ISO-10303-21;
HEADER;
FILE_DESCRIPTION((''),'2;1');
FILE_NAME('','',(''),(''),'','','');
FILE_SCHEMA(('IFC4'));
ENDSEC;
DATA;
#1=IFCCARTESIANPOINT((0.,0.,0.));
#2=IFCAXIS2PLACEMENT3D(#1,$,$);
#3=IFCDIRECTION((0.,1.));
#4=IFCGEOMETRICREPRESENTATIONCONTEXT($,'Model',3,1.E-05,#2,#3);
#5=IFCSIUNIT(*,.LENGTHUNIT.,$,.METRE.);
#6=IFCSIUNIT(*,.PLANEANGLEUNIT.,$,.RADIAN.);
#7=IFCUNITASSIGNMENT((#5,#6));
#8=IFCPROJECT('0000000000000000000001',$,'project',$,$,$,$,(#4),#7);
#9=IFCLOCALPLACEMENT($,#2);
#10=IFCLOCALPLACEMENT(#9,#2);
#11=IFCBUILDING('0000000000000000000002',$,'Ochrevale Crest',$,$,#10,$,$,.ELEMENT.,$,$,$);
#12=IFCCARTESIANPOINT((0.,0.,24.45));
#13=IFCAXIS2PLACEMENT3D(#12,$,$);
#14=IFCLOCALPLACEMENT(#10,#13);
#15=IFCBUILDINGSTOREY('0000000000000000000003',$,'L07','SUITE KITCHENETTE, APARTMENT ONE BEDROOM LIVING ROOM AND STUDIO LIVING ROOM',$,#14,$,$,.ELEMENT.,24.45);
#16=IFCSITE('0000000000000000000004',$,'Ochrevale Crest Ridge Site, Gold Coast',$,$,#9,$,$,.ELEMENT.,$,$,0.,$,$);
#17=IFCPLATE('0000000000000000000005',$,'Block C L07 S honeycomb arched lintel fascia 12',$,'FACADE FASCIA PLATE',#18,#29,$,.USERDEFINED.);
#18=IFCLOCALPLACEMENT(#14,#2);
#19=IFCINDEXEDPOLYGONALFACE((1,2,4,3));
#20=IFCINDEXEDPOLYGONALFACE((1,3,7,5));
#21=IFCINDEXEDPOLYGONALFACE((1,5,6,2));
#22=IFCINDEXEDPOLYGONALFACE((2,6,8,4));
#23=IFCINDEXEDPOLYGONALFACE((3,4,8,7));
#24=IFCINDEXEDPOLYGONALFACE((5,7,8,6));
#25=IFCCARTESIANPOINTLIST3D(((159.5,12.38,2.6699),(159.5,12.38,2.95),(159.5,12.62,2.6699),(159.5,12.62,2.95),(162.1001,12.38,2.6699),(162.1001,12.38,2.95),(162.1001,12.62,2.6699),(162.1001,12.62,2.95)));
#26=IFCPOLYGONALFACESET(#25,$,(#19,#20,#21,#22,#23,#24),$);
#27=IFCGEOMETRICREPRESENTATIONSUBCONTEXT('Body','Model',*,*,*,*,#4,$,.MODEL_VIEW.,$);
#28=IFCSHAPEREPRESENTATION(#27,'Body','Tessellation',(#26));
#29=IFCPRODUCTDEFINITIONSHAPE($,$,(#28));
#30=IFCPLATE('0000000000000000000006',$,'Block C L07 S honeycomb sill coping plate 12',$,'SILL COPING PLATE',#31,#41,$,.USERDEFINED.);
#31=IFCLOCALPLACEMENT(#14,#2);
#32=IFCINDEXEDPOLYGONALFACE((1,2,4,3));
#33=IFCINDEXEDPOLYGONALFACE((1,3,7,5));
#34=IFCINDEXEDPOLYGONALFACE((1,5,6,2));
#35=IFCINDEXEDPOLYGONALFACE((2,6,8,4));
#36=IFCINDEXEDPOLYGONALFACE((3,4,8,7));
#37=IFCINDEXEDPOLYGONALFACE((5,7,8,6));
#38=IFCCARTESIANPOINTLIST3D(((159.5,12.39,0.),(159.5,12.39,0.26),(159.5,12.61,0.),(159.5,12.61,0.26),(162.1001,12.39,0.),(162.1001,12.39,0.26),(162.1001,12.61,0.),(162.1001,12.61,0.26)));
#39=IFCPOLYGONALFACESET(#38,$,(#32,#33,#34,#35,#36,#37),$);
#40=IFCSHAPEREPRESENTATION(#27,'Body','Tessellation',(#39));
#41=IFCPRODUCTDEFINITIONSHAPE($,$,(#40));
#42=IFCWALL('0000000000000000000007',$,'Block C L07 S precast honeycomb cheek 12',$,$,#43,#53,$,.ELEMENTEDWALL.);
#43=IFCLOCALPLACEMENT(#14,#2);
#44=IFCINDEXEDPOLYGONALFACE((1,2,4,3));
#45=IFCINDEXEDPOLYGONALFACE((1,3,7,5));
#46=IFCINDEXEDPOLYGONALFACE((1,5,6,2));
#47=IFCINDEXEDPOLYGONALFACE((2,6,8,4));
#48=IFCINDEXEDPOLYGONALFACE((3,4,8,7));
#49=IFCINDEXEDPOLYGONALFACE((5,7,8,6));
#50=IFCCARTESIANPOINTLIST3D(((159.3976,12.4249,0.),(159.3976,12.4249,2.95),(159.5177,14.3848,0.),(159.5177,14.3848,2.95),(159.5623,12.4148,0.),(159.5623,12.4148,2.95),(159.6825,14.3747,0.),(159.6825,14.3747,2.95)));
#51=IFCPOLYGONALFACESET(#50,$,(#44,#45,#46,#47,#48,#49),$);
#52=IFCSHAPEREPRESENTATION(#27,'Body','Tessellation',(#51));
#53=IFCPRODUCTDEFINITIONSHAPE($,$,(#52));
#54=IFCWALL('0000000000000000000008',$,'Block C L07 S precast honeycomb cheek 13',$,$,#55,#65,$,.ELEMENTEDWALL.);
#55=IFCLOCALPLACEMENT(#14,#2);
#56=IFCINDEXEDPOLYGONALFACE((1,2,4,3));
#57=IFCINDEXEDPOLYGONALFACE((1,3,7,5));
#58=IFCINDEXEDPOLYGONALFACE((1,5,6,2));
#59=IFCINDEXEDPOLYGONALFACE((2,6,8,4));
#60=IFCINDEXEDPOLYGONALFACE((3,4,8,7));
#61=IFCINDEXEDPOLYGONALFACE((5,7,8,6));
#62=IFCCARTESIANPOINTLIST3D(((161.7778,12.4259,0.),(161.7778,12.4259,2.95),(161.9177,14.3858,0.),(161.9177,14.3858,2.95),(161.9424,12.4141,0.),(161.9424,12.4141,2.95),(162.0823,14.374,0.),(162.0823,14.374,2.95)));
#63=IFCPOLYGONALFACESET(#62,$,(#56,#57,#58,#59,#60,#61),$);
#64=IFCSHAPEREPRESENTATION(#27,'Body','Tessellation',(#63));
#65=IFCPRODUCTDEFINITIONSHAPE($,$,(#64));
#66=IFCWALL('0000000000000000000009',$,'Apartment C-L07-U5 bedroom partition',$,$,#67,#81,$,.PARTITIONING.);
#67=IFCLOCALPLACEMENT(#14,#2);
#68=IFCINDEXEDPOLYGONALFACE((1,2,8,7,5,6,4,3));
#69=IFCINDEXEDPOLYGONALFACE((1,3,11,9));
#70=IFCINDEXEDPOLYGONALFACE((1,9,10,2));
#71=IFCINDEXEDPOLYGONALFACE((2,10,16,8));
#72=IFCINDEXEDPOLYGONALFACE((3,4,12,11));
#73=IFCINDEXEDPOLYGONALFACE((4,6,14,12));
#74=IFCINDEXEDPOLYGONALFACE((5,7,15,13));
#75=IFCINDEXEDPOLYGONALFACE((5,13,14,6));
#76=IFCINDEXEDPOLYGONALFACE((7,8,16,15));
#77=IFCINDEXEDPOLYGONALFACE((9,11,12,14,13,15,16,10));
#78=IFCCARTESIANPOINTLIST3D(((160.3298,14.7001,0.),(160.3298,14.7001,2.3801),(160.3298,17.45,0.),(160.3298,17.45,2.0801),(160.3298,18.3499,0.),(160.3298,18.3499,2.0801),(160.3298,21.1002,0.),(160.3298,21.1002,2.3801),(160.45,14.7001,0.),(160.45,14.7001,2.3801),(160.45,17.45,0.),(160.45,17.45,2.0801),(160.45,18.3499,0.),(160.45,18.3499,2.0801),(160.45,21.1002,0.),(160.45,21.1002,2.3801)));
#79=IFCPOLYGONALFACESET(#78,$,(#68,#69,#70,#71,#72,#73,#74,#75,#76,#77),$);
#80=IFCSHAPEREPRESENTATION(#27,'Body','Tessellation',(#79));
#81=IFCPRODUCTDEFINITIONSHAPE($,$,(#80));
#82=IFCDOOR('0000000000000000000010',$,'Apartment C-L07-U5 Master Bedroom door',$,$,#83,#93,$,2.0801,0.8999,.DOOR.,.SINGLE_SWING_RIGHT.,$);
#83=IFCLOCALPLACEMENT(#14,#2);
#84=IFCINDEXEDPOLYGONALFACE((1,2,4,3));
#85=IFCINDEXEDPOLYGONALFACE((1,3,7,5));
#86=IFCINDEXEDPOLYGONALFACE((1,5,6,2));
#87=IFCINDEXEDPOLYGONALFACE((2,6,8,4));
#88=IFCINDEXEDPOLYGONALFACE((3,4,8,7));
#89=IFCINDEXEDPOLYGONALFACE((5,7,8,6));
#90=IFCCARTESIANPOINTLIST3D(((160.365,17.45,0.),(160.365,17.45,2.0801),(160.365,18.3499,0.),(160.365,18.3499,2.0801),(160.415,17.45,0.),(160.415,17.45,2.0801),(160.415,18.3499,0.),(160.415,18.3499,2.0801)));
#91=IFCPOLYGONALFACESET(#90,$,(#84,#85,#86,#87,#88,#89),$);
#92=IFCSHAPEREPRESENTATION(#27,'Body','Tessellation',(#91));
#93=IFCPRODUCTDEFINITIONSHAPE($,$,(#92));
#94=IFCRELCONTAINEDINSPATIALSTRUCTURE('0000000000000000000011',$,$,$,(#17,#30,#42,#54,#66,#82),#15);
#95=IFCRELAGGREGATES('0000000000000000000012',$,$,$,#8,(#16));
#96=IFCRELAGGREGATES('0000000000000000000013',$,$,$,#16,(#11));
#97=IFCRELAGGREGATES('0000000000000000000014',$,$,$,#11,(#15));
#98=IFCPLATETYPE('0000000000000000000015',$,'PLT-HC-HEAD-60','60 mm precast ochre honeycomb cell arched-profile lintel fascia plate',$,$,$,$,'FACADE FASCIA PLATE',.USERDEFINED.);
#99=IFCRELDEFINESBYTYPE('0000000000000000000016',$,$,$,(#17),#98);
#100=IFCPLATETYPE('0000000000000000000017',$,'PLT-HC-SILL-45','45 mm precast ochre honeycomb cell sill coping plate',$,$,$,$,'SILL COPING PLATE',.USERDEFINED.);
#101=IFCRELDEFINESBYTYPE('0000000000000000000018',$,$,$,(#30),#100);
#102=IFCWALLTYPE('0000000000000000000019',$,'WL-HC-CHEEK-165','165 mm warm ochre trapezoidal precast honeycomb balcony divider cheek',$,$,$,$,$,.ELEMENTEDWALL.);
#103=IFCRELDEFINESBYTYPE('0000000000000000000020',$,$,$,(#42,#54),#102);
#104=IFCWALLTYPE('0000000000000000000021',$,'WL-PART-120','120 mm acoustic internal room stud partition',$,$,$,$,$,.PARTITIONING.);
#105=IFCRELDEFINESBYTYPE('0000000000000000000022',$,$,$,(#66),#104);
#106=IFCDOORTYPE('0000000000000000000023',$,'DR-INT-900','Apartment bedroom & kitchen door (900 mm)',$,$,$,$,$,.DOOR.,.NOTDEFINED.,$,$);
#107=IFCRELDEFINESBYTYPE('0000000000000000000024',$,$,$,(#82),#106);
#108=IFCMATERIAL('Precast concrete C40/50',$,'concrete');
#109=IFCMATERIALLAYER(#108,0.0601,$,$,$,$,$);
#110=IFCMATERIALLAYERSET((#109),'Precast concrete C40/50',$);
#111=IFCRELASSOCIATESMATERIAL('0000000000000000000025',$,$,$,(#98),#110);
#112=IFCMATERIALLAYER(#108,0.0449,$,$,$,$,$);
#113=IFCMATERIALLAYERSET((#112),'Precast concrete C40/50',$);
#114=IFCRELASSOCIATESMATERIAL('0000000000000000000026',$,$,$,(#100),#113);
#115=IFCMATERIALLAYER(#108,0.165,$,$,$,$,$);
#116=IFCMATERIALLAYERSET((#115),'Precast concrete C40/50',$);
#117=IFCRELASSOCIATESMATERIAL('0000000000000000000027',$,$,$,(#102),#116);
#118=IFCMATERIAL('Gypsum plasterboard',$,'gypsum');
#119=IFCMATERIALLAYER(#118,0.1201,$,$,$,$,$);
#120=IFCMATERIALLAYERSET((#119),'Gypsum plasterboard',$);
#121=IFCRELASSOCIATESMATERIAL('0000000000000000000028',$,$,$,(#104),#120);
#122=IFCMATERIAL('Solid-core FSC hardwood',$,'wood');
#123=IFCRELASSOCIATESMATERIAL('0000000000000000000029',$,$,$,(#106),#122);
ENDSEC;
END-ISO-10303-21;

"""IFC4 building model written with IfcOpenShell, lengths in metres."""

from ifc_helpers import new_model, si_unit, direction, frame, frame_2d, origin, origin_2d, place, context, subcontext, project, spatial, rectangle, extrude, material, layer, layer_set, type_object, element, fill, save


model = new_model("IFC4")

# Units and contexts
model_context = context("Model", 3, precision=1e-05, world=origin(), true_north=direction((0.0, 1.0)))
body_context = subcontext(model_context, "Body", "Model", "MODEL_VIEW")
ifc_project = project(units=[si_unit("LENGTHUNIT", "METRE"), si_unit("PLANEANGLEUNIT", "RADIAN")], contexts=[model_context])

# Site, building, storey
site_placement = place(None, origin())
site = spatial("IfcSite", under=ifc_project, at=site_placement, Name="Ochrevale Crest Ridge Site, Gold Coast", CompositionType="ELEMENT", RefElevation=0.0)
building_placement = place(site_placement, origin())
building = spatial("IfcBuilding", under=site, at=building_placement, Name="Ochrevale Crest", CompositionType="ELEMENT")
storey_placement = place(building_placement, frame((0.0, 0.0, 24.45)))
storey = spatial("IfcBuildingStorey", under=building, at=storey_placement, Name="L07", Description="SUITE KITCHENETTE, APARTMENT ONE BEDROOM LIVING ROOM AND STUDIO LIVING ROOM", CompositionType="ELEMENT", Elevation=24.45)

# Plates
ifc_material_1 = material(Name="Precast concrete C40/50", Category="concrete")
ifc_layer_1 = layer(ifc_material_1, 0.0601)
ifc_layer_set_1 = layer_set([ifc_layer_1], Name="Precast concrete C40/50")
plate_type_1 = type_object("IfcPlateType", Name="PLT-HC-HEAD-60", Description="60 mm precast ochre honeycomb cell arched-profile lintel fascia plate", ElementType="FACADE FASCIA PLATE", PredefinedType="USERDEFINED", material=ifc_layer_set_1)
plate_1_placement = place(storey_placement, frame((160.8, 12.5, 2.6699), z_axis=(0.0, 0.0, 1.0), x_axis=(1.0, 0.0, 0.0)))
element("IfcPlate", 1, at=plate_1_placement, inside=storey, type_object=plate_type_1, Name="Block C L07 S honeycomb arched lintel fascia 12", ObjectType="FACADE FASCIA PLATE", PredefinedType="USERDEFINED", context=body_context, shape_type="SweptSolid", body=[
    extrude(rectangle(XDim=2.6001, YDim=0.24, at=origin_2d()), origin(), (0.0, 0.0, 1.0), 0.28),
])
ifc_layer_2 = layer(ifc_material_1, 0.0449)
ifc_layer_set_2 = layer_set([ifc_layer_2], Name="Precast concrete C40/50")
plate_type_2 = type_object("IfcPlateType", Name="PLT-HC-SILL-45", Description="45 mm precast ochre honeycomb cell sill coping plate", ElementType="SILL COPING PLATE", PredefinedType="USERDEFINED", material=ifc_layer_set_2)
plate_2_placement = place(storey_placement, frame((160.8, 12.5, 0.0), z_axis=(0.0, 0.0, 1.0), x_axis=(1.0, 0.0, 0.0)))
element("IfcPlate", 2, at=plate_2_placement, inside=storey, type_object=plate_type_2, Name="Block C L07 S honeycomb sill coping plate 12", ObjectType="SILL COPING PLATE", PredefinedType="USERDEFINED", context=body_context, shape_type="SweptSolid", body=[
    extrude(rectangle(XDim=2.6001, YDim=0.22, at=origin_2d()), origin(), (0.0, 0.0, 1.0), 0.26),
])

# Walls
ifc_layer_3 = layer(ifc_material_1, 0.165)
ifc_layer_set_3 = layer_set([ifc_layer_3], Name="Precast concrete C40/50")
wall_type_1 = type_object("IfcWallType", Name="WL-HC-CHEEK-165", Description="165 mm warm ochre trapezoidal precast honeycomb balcony divider cheek", PredefinedType="ELEMENTEDWALL", material=ifc_layer_set_3)
wall_1_placement = place(storey_placement, frame((159.6001, 14.3799, 0.0), z_axis=(0.0, 0.0, 1.0), x_axis=(-0.061171, -0.998127, 0.0)))
element("IfcWall", 3, at=wall_1_placement, inside=storey, type_object=wall_type_1, Name="Block C L07 S precast honeycomb cheek 12", PredefinedType="ELEMENTEDWALL", context=body_context, shape_type="SweptSolid", body=[
    extrude(rectangle(XDim=1.9636, YDim=0.165, at=frame_2d((0.9819, 0.0))), origin(), (0.0, 0.0, 1.0), 2.95),
])
wall_2_placement = place(storey_placement, frame((162.0, 14.3799, 0.0), z_axis=(0.0, 0.0, 1.0), x_axis=(-0.071194, -0.997462, 0.0)))
element("IfcWall", 4, at=wall_2_placement, inside=storey, type_object=wall_type_1, Name="Block C L07 S precast honeycomb cheek 13", PredefinedType="ELEMENTEDWALL", context=body_context, shape_type="SweptSolid", body=[
    extrude(rectangle(XDim=1.9648, YDim=0.165, at=frame_2d((0.9824, 0.0))), origin(), (0.0, 0.0, 1.0), 2.95),
])

# Wall, opening, door
ifc_material_2 = material(Name="Gypsum plasterboard", Category="gypsum")
ifc_layer_4 = layer(ifc_material_2, 0.1201)
ifc_layer_set_4 = layer_set([ifc_layer_4], Name="Gypsum plasterboard")
wall_type_2 = type_object("IfcWallType", Name="WL-PART-120", Description="120 mm acoustic internal room stud partition", PredefinedType="PARTITIONING", material=ifc_layer_set_4)
wall_3_placement = place(storey_placement, frame((160.3899, 14.7, 0.0), z_axis=(0.0, 0.0, 1.0), x_axis=(0.0, 1.0, 0.0)))
wall_3 = element("IfcWall", 5, at=wall_3_placement, inside=storey, type_object=wall_type_2, Name="Apartment C-L07-U5 bedroom partition", PredefinedType="PARTITIONING", context=body_context, shape_type="SweptSolid", body=[
    extrude(rectangle(XDim=6.4001, YDim=0.1201, at=frame_2d((3.2002, 0.0))), origin(), (0.0, 0.0, 1.0), 2.3801),
])
opening_placement = place(wall_3_placement, frame((2.75, 0.0, 0.0)))
opening = element("IfcOpeningElement", 6, at=opening_placement, cuts=wall_3, PredefinedType="OPENING", context=body_context, shape_type="SweptSolid", body=[
    extrude(rectangle(XDim=0.8999, YDim=2.0801, at=frame_2d((0.45, 1.04))), frame((0.0, 0.0701, 0.0), z_axis=(0.0, -1.0, 0.0), x_axis=(1.0, 0.0, 0.0)), (0.0, 0.0, 1.0), 0.1401),
])
ifc_material_3 = material(Name="Solid-core FSC hardwood", Category="wood")
door_type = type_object("IfcDoorType", Name="DR-INT-900", Description="Apartment bedroom & kitchen door (900 mm)", OperationType="NOTDEFINED", PredefinedType="DOOR", material=ifc_material_3)
door_placement = place(opening_placement, origin())
door = element("IfcDoor", 7, at=door_placement, inside=storey, type_object=door_type, Name="Apartment C-L07-U5 Master Bedroom door", OperationType="SINGLE_SWING_RIGHT", OverallHeight=2.0801, OverallWidth=0.8999, PredefinedType="DOOR", context=body_context, shape_type="SweptSolid", body=[
    extrude(rectangle(XDim=0.8999, YDim=2.0801, at=frame_2d((0.45, 1.04))), frame((0.0, 0.0249, 0.0), z_axis=(0.0, -1.0, 0.0), x_axis=(1.0, 0.0, 0.0)), (0.0, 0.0, 1.0), 0.05),
])
fill(opening, door)

save(model, "model.ifc")
